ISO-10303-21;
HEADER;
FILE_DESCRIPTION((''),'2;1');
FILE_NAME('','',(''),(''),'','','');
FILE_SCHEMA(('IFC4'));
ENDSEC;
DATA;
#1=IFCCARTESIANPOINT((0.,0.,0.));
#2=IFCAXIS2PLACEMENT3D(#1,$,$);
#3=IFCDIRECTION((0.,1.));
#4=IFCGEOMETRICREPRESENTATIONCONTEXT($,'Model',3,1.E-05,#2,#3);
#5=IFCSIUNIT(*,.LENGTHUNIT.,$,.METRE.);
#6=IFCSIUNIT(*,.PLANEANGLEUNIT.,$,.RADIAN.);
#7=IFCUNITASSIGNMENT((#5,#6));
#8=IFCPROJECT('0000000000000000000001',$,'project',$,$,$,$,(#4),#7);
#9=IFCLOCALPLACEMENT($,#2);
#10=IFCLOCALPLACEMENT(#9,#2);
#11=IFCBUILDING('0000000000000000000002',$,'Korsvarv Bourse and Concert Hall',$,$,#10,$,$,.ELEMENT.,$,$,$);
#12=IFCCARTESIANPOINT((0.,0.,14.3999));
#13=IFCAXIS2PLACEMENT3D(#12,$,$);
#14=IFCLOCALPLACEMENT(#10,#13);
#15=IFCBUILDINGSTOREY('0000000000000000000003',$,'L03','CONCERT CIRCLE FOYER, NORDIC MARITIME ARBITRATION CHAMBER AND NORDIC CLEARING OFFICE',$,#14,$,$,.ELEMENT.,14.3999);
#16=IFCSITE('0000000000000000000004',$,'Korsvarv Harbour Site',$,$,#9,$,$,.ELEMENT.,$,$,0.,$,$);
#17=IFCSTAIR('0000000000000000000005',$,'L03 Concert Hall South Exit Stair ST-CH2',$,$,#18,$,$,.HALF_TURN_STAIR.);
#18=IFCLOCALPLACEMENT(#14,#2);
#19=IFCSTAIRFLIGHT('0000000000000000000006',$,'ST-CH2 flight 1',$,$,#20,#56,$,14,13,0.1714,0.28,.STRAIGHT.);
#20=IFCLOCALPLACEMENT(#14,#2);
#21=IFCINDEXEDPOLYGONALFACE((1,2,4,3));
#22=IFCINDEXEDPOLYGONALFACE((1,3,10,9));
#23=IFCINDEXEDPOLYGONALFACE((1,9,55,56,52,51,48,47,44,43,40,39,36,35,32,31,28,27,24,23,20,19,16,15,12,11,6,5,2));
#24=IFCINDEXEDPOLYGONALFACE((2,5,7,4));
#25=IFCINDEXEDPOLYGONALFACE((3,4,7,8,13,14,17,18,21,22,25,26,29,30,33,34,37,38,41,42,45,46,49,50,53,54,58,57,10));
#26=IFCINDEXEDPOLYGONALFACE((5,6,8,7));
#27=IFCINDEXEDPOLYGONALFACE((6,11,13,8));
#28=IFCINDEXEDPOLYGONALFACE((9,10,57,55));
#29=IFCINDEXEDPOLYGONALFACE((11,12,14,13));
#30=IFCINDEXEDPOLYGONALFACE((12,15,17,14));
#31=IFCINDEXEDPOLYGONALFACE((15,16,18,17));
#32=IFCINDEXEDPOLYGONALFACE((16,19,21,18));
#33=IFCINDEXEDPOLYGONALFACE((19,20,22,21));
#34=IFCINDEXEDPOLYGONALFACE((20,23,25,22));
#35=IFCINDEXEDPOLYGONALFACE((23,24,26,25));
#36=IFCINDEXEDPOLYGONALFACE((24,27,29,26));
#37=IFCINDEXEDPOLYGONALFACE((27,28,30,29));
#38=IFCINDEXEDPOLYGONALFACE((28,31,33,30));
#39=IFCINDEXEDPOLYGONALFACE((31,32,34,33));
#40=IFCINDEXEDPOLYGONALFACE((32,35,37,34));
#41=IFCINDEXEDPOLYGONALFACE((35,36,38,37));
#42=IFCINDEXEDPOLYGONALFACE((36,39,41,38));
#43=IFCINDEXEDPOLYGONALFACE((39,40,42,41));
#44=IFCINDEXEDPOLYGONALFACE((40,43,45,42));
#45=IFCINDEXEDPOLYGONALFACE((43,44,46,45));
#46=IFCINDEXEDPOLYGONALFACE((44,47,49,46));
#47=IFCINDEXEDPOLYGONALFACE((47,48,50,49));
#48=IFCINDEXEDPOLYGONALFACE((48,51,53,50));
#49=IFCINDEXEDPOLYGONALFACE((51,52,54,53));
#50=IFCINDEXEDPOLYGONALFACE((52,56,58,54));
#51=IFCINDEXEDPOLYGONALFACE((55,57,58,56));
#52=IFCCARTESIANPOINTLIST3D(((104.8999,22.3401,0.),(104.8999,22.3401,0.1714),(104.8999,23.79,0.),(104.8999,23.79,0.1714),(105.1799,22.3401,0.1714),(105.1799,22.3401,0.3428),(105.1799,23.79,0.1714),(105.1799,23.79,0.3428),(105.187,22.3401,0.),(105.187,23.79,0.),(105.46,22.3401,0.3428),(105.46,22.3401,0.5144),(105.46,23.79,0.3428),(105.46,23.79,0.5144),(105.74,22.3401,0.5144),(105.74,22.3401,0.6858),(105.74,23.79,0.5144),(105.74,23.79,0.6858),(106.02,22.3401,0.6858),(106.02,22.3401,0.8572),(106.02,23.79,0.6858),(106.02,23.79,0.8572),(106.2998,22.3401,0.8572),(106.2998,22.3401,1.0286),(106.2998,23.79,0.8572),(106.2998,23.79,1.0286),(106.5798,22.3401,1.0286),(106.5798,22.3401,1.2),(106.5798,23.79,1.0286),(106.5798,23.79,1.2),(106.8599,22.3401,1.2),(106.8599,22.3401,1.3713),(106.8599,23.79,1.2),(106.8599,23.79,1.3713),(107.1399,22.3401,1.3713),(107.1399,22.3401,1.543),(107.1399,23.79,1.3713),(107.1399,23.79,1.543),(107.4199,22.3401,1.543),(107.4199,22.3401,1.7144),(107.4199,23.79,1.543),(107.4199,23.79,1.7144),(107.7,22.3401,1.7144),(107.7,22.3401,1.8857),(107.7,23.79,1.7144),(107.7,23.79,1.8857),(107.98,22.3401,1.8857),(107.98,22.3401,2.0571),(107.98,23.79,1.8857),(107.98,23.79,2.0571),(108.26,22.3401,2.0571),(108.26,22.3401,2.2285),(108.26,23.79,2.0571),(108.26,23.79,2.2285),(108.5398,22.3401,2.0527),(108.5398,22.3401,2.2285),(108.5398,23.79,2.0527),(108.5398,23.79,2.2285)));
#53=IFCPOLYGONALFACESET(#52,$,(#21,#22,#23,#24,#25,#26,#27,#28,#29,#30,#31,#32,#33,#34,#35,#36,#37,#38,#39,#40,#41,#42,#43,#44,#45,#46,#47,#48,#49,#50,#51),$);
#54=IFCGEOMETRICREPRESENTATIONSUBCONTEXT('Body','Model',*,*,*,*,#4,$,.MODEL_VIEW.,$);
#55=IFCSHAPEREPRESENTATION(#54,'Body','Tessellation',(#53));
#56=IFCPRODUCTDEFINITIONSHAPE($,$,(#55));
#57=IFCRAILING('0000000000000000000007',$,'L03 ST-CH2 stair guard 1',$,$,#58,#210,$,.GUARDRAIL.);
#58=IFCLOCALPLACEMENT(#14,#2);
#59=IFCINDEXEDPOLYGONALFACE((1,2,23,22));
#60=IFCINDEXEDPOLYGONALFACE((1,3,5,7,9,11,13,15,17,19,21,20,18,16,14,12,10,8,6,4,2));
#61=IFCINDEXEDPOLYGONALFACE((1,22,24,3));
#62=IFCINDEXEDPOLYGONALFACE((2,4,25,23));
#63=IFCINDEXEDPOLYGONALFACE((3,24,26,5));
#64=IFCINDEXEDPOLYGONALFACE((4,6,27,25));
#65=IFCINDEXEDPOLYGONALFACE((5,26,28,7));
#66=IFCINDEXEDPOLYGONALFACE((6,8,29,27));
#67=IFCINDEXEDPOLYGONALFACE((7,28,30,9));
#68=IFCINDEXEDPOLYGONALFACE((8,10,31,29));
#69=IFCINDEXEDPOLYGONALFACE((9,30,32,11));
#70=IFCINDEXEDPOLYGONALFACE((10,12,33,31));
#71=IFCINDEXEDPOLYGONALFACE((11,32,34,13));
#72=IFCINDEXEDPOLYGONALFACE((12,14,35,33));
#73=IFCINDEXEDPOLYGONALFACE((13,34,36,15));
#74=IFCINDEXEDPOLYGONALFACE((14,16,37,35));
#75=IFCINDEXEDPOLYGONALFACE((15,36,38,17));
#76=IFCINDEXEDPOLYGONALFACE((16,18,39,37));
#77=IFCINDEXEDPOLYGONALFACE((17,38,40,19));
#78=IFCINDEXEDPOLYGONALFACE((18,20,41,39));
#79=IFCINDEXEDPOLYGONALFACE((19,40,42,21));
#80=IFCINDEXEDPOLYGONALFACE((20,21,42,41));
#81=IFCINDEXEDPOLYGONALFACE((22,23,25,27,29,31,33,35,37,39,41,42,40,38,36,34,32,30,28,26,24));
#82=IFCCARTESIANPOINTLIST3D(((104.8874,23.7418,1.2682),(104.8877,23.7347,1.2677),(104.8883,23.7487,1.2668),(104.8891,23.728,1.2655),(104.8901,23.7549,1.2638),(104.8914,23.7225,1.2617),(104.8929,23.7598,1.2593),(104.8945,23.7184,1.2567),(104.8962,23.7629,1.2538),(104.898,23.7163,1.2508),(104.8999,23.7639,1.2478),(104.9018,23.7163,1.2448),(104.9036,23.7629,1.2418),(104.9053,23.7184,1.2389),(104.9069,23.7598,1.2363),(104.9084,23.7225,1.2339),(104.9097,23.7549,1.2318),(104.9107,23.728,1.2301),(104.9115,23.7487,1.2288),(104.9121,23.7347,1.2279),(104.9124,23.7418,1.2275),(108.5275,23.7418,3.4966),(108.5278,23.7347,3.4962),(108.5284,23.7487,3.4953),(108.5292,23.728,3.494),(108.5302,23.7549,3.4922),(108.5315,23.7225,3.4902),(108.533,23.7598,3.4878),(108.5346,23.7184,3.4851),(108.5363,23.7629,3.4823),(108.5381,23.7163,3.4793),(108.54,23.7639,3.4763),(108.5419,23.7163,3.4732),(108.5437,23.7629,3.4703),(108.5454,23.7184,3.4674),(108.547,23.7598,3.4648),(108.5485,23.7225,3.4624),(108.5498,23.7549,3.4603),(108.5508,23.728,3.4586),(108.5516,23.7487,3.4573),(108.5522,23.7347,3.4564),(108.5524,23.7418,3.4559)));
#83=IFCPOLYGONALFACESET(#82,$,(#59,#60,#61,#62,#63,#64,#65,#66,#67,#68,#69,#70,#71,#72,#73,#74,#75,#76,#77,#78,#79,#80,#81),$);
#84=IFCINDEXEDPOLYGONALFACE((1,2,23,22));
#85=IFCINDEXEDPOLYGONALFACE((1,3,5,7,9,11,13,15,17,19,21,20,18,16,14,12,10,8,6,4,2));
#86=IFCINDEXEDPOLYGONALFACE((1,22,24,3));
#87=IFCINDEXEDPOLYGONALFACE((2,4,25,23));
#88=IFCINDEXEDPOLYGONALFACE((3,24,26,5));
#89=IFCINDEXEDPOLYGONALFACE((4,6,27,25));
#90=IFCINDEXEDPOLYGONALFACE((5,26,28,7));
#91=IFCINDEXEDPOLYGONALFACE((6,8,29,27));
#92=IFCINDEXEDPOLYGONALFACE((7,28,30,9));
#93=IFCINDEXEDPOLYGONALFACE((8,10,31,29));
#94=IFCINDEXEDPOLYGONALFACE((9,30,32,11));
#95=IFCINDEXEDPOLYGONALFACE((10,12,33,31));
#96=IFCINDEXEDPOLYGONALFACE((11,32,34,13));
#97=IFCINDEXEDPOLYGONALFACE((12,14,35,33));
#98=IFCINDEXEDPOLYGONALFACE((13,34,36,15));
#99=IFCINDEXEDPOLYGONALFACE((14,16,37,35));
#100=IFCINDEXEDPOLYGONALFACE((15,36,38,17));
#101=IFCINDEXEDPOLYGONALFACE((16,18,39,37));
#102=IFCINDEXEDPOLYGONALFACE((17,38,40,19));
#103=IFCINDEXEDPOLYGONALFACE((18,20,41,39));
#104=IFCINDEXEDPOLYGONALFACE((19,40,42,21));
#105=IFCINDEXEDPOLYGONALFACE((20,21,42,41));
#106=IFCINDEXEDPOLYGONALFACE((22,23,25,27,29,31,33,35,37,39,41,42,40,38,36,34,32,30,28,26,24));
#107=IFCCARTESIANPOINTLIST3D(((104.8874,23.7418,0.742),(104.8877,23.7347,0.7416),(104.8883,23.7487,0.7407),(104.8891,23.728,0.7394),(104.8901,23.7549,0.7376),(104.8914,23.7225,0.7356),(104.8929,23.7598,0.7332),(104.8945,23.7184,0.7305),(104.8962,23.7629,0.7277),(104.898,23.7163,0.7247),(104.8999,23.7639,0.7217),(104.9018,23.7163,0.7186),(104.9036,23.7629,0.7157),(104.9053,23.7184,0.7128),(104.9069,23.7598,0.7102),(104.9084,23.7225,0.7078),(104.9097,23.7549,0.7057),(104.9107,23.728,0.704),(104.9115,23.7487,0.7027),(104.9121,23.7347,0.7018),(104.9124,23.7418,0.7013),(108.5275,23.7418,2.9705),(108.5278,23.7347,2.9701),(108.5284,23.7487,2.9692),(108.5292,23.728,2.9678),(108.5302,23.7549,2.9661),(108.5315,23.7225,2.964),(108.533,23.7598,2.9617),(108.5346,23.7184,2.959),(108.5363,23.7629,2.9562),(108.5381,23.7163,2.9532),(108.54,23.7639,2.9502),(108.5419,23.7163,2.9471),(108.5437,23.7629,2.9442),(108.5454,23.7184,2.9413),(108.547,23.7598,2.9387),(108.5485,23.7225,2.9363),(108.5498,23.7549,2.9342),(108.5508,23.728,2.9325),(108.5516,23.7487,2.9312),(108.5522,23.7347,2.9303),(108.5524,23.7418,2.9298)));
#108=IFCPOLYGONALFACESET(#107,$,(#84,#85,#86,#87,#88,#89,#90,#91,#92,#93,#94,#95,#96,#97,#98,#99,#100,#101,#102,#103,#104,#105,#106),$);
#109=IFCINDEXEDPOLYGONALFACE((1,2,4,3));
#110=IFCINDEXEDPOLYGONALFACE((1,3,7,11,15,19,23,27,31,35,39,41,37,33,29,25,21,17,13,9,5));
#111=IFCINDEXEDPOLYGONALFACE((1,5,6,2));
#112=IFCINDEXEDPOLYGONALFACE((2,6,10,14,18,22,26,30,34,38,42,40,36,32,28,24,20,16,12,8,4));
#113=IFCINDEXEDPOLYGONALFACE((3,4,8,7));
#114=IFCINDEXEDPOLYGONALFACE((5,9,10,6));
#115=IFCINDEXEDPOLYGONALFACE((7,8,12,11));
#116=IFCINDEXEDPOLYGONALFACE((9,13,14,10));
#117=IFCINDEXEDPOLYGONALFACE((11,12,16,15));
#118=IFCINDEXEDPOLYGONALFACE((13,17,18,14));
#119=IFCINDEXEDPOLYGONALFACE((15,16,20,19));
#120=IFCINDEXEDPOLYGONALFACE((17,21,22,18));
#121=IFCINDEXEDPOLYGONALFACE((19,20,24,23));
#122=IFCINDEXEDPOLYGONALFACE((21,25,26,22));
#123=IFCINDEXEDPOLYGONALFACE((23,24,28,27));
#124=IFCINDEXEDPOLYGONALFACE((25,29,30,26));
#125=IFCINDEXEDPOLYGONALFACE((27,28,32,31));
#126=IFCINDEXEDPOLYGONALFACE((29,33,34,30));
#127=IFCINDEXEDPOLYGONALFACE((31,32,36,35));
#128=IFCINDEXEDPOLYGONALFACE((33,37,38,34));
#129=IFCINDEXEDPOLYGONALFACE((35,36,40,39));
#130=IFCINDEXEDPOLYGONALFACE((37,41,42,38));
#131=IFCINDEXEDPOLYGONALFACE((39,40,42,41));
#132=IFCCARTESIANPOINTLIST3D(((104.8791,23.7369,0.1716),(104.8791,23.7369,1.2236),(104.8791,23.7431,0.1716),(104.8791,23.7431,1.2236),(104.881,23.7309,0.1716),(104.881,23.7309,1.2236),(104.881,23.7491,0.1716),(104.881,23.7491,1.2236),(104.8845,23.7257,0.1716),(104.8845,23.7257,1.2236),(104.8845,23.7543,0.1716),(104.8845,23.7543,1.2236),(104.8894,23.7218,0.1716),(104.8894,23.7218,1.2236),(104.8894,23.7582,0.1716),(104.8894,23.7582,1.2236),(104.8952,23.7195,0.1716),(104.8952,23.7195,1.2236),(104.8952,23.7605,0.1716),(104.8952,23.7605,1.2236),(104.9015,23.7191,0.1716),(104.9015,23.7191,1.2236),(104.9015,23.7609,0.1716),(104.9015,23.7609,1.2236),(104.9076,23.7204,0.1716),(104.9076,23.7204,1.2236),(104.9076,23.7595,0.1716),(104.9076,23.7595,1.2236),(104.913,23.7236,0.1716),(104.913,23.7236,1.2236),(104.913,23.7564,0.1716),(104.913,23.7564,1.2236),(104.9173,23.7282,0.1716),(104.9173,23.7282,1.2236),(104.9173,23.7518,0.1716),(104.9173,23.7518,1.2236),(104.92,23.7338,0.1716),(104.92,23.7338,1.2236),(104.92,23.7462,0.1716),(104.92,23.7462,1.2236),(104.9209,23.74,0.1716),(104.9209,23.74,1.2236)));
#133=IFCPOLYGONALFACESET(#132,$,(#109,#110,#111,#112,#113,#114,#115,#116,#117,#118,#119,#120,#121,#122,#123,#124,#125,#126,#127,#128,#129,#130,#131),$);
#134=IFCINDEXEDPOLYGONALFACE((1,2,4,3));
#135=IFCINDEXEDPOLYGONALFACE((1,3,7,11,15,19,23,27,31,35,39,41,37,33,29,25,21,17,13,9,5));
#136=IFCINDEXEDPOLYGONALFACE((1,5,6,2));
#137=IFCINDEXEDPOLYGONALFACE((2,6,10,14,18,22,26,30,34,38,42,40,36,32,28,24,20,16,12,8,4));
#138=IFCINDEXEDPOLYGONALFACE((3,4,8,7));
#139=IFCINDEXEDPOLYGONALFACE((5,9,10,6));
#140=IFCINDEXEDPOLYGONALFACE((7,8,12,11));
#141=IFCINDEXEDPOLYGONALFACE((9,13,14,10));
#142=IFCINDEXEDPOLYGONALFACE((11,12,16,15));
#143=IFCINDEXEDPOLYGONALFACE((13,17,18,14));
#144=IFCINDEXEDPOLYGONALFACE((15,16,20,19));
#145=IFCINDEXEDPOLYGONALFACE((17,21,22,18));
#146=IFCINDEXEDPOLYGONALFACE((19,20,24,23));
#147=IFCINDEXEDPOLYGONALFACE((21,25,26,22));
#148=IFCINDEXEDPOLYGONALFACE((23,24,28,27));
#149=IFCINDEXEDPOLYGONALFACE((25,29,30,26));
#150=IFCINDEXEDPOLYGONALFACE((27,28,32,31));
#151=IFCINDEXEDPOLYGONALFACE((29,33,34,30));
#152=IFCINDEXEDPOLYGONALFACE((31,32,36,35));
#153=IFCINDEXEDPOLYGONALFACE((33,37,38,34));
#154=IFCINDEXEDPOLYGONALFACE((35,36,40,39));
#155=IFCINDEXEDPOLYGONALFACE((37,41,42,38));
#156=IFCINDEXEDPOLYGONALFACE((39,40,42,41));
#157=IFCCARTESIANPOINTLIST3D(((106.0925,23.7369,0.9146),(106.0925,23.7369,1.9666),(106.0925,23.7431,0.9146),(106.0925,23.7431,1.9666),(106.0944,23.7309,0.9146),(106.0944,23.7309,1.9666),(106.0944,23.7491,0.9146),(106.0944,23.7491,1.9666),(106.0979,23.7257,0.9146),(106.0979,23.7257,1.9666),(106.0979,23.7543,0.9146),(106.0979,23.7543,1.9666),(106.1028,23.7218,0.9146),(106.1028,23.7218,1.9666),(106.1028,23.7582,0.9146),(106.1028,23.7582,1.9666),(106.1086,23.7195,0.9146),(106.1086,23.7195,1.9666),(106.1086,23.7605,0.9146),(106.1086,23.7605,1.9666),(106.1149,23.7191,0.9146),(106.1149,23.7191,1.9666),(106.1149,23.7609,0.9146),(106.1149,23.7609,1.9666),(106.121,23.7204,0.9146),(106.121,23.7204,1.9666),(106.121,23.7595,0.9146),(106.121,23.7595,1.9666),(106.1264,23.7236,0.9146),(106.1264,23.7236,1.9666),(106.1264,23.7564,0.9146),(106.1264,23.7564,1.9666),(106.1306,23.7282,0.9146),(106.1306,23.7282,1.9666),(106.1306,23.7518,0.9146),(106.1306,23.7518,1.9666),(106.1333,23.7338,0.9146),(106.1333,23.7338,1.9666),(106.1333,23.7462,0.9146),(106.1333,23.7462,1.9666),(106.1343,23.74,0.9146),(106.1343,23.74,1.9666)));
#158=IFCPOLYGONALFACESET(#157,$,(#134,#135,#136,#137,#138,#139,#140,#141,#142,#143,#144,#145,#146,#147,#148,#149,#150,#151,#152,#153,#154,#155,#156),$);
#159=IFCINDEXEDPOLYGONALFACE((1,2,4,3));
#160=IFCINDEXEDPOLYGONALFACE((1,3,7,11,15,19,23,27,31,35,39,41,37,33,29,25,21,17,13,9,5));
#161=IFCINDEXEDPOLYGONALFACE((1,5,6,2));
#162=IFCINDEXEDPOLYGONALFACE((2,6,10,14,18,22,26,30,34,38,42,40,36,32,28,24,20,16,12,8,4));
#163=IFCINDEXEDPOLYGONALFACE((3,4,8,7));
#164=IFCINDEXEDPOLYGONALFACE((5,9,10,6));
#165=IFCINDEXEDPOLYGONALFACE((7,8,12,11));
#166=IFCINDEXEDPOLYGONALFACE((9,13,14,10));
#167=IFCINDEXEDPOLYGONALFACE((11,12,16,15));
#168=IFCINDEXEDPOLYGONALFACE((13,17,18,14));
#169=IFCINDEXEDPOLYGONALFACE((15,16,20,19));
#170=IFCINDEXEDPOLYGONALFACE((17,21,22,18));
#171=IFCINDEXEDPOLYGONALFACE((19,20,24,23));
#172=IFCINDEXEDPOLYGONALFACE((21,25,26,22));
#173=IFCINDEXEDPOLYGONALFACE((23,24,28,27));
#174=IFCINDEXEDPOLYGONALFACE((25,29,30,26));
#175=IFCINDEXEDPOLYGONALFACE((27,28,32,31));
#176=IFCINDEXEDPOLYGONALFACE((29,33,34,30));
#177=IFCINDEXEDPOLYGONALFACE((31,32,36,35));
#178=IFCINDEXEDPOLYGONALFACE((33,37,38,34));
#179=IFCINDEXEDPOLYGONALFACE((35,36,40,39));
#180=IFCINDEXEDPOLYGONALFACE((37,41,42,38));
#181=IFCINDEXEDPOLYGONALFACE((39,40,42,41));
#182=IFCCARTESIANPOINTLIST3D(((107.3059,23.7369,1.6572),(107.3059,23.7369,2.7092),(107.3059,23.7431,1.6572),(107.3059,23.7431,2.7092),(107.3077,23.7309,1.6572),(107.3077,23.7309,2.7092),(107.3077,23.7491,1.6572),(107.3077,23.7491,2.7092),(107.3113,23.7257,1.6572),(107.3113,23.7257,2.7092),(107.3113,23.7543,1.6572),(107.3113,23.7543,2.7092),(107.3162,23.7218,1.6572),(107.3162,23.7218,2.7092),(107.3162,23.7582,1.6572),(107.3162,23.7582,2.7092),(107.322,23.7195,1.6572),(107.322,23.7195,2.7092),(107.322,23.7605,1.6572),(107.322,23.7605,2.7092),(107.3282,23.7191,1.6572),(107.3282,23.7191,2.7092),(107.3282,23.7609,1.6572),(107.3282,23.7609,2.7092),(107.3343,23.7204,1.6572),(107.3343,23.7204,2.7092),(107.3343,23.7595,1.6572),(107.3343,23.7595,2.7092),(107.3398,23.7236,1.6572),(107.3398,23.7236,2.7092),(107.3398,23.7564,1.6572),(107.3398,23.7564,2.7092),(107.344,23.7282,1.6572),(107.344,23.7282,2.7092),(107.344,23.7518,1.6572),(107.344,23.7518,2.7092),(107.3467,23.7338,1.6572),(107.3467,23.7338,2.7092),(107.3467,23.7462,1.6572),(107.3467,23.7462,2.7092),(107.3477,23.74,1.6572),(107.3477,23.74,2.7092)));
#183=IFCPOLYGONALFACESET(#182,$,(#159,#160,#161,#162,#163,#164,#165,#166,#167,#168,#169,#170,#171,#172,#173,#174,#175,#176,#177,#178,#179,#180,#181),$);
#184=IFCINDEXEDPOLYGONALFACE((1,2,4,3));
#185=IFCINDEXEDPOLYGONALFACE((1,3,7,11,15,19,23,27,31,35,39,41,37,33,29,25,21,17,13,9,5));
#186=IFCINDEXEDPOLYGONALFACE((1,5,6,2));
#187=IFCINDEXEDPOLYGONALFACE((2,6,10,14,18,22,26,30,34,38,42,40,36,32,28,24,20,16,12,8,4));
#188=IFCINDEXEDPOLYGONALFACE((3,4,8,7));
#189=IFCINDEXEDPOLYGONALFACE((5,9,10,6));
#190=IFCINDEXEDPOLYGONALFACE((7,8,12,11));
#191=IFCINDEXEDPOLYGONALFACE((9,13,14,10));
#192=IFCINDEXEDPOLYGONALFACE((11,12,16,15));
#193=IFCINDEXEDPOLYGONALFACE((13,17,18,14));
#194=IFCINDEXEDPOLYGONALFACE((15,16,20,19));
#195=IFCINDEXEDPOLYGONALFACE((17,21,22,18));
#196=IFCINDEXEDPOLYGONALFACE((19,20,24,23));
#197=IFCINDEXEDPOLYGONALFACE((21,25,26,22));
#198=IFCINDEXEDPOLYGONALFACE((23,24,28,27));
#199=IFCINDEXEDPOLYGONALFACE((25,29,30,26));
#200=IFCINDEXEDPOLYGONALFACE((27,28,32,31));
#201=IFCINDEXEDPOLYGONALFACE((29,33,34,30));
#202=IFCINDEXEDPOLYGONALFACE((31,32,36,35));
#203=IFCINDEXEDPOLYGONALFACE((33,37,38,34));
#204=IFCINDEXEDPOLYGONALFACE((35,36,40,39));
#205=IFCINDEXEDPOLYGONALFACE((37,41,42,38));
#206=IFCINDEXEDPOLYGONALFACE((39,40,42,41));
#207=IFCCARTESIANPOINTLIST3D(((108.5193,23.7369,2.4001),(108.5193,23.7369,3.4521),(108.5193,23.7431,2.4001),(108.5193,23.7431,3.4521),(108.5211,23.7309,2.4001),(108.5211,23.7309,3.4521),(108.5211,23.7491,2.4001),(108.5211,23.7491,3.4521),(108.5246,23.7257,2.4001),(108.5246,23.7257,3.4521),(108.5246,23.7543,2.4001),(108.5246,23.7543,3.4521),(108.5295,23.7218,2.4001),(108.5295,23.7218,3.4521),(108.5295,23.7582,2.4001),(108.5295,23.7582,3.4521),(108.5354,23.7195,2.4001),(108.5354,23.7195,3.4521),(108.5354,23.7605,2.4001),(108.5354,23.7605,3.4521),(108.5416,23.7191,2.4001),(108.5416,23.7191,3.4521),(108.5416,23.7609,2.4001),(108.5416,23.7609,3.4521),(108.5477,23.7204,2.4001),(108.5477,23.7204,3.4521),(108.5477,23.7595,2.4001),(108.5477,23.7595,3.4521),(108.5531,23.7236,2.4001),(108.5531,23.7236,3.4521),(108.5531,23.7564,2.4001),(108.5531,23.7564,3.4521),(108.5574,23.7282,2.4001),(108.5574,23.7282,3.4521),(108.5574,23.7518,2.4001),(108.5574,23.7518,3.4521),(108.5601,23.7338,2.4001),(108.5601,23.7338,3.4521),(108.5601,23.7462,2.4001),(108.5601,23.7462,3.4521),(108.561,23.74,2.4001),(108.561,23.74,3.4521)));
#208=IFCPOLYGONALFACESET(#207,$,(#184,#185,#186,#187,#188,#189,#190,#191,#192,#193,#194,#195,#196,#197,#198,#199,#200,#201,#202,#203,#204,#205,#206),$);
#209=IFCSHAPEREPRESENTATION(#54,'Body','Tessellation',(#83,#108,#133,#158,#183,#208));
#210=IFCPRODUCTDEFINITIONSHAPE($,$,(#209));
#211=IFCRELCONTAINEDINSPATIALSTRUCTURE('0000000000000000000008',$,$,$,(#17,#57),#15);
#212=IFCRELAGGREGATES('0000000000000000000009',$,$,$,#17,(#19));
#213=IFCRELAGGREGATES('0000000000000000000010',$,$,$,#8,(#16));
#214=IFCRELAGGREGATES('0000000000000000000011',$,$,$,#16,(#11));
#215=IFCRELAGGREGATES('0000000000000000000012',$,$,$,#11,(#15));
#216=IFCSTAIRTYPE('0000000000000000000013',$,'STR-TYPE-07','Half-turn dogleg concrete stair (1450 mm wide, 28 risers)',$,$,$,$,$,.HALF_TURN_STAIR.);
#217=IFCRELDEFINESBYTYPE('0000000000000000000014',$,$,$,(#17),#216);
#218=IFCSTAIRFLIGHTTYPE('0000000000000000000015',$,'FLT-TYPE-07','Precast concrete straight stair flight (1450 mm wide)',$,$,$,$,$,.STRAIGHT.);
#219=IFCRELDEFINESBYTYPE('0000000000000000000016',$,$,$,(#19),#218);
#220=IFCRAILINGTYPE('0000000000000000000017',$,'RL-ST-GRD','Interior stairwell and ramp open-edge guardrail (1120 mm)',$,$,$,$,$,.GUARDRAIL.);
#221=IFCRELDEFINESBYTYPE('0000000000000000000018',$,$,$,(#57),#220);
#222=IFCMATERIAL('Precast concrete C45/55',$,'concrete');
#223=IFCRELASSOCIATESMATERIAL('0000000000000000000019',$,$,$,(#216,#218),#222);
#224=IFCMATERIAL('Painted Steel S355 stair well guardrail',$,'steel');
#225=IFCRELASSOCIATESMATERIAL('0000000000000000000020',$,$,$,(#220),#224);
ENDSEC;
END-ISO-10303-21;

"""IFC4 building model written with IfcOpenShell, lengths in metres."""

from ifc_helpers import new_model, si_unit, direction, frame, origin, origin_2d, place, context, subcontext, project, spatial, polyline, circle, outline, extrude, material, type_object, element, aggregate, save


model = new_model("IFC4")

# Units and contexts
model_context = context("Model", 3, precision=1e-05, world=origin(), true_north=direction((0.0, 1.0)))
body_context = subcontext(model_context, "Body", "Model", "MODEL_VIEW")
ifc_project = project(units=[si_unit("LENGTHUNIT", "METRE"), si_unit("PLANEANGLEUNIT", "RADIAN")], contexts=[model_context])

# Site, building, storey
site_placement = place(None, origin())
site = spatial("IfcSite", under=ifc_project, at=site_placement, Name="Korsvarv Harbour Site", CompositionType="ELEMENT", RefElevation=0.0)
building_placement = place(site_placement, origin())
building = spatial("IfcBuilding", under=site, at=building_placement, Name="Korsvarv Bourse and Concert Hall", CompositionType="ELEMENT")
storey_placement = place(building_placement, frame((0.0, 0.0, 14.3999)))
storey = spatial("IfcBuildingStorey", under=building, at=storey_placement, Name="L03", Description="CONCERT CIRCLE FOYER, NORDIC MARITIME ARBITRATION CHAMBER AND NORDIC CLEARING OFFICE", CompositionType="ELEMENT", Elevation=14.3999)

# Stair, stair flight
ifc_material_1 = material(Name="Precast concrete C45/55", Category="concrete")
stair_type = type_object("IfcStairType", Name="STR-TYPE-07", Description="Half-turn dogleg concrete stair (1450 mm wide, 28 risers)", PredefinedType="HALF_TURN_STAIR", material=ifc_material_1)
stair_placement = place(storey_placement, origin())
stair = element("IfcStair", 1, at=stair_placement, inside=storey, type_object=stair_type, Name="L03 Concert Hall South Exit Stair ST-CH2", PredefinedType="HALF_TURN_STAIR")
stair_flight_type = type_object("IfcStairFlightType", Name="FLT-TYPE-07", Description="Precast concrete straight stair flight (1450 mm wide)", PredefinedType="STRAIGHT", material=ifc_material_1)
stair_flight_placement = place(storey_placement, frame((104.8999, 23.0649, 0.0), z_axis=(0.0, 0.0, 1.0), x_axis=(1.0, 0.0, 0.0)))
stair_flight = element("IfcStairFlight", 2, at=stair_flight_placement, type_object=stair_flight_type, Name="ST-CH2 flight 1", NumberOfRisers=14, NumberOfTreads=13, PredefinedType="STRAIGHT", RiserHeight=0.1714, TreadLength=0.28, context=body_context, shape_type="SweptSolid", body=[
    extrude(outline(polyline([(0.0, 0.0), (0.0, 0.1714), (0.28, 0.1714), (0.28, 0.3428), (0.5601, 0.3428), (0.5601, 0.5144), (0.8401, 0.5144), (0.8401, 0.6858), (1.1201, 0.6858), (1.1201, 0.8572), (1.3999, 0.8572), (1.3999, 1.0286), (1.6799, 1.0286), (1.6799, 1.2), (1.96, 1.2), (1.96, 1.3713), (2.24, 1.3713), (2.24, 1.543), (2.52, 1.543), (2.52, 1.7144), (2.8, 1.7144), (2.8, 1.8857), (3.0801, 1.8857), (3.0801, 2.0571), (3.3601, 2.0571), (3.3601, 2.2285), (3.6399, 2.2285), (3.6399, 2.3999), (3.6399, 2.0527), (0.2871, 0.0), (0.0, 0.0)])), frame((0.0, 0.7251, 0.0), z_axis=(0.0, -1.0, 0.0), x_axis=(1.0, 0.0, 0.0)), (0.0, 0.0, 1.0), 1.45),
])
aggregate(stair, [stair_flight])

# Railing
ifc_material_2 = material(Name="Painted Steel S355 stair well guardrail", Category="steel")
railing_type_1 = type_object("IfcRailingType", Name="RL-ST-GRD", Description="Interior stairwell and ramp open-edge guardrail (1120 mm)", PredefinedType="GUARDRAIL", material=ifc_material_2)
railing_1_placement = place(storey_placement, frame((104.8999, 23.74, 0.1716)))
element("IfcRailing", 3, at=railing_1_placement, inside=storey, type_object=railing_type_1, Name="L03 ST-CH2 stair guard 1", PredefinedType="GUARDRAIL", context=body_context, shape_type="SweptSolid", body=[
    extrude(circle(Radius=0.0239, at=origin_2d()), frame((0.0, 0.0, 1.0762), z_axis=(0.852866, 0.0, 0.52213), x_axis=(0.0, 1.0, 0.0)), (0.0, 0.0, 1.0), 4.2681),
    extrude(circle(Radius=0.0239, at=origin_2d()), frame((0.0, 0.0, 0.55), z_axis=(0.852866, 0.0, 0.52213), x_axis=(0.0, 1.0, 0.0)), (0.0, 0.0, 1.0), 4.2681),
    extrude(circle(Radius=0.021, at=origin_2d()), origin(), (0.0, 0.0, 1.0), 1.052),
    extrude(circle(Radius=0.021, at=origin_2d()), frame((1.2134, 0.0, 0.7429)), (0.0, 0.0, 1.0), 1.052),
    extrude(circle(Radius=0.021, at=origin_2d()), frame((2.4268, 0.0, 1.4856)), (0.0, 0.0, 1.0), 1.052),
    extrude(circle(Radius=0.021, at=origin_2d()), frame((3.6401, 0.0, 2.2285)), (0.0, 0.0, 1.0), 1.052),
])

save(model, "model.ifc")
